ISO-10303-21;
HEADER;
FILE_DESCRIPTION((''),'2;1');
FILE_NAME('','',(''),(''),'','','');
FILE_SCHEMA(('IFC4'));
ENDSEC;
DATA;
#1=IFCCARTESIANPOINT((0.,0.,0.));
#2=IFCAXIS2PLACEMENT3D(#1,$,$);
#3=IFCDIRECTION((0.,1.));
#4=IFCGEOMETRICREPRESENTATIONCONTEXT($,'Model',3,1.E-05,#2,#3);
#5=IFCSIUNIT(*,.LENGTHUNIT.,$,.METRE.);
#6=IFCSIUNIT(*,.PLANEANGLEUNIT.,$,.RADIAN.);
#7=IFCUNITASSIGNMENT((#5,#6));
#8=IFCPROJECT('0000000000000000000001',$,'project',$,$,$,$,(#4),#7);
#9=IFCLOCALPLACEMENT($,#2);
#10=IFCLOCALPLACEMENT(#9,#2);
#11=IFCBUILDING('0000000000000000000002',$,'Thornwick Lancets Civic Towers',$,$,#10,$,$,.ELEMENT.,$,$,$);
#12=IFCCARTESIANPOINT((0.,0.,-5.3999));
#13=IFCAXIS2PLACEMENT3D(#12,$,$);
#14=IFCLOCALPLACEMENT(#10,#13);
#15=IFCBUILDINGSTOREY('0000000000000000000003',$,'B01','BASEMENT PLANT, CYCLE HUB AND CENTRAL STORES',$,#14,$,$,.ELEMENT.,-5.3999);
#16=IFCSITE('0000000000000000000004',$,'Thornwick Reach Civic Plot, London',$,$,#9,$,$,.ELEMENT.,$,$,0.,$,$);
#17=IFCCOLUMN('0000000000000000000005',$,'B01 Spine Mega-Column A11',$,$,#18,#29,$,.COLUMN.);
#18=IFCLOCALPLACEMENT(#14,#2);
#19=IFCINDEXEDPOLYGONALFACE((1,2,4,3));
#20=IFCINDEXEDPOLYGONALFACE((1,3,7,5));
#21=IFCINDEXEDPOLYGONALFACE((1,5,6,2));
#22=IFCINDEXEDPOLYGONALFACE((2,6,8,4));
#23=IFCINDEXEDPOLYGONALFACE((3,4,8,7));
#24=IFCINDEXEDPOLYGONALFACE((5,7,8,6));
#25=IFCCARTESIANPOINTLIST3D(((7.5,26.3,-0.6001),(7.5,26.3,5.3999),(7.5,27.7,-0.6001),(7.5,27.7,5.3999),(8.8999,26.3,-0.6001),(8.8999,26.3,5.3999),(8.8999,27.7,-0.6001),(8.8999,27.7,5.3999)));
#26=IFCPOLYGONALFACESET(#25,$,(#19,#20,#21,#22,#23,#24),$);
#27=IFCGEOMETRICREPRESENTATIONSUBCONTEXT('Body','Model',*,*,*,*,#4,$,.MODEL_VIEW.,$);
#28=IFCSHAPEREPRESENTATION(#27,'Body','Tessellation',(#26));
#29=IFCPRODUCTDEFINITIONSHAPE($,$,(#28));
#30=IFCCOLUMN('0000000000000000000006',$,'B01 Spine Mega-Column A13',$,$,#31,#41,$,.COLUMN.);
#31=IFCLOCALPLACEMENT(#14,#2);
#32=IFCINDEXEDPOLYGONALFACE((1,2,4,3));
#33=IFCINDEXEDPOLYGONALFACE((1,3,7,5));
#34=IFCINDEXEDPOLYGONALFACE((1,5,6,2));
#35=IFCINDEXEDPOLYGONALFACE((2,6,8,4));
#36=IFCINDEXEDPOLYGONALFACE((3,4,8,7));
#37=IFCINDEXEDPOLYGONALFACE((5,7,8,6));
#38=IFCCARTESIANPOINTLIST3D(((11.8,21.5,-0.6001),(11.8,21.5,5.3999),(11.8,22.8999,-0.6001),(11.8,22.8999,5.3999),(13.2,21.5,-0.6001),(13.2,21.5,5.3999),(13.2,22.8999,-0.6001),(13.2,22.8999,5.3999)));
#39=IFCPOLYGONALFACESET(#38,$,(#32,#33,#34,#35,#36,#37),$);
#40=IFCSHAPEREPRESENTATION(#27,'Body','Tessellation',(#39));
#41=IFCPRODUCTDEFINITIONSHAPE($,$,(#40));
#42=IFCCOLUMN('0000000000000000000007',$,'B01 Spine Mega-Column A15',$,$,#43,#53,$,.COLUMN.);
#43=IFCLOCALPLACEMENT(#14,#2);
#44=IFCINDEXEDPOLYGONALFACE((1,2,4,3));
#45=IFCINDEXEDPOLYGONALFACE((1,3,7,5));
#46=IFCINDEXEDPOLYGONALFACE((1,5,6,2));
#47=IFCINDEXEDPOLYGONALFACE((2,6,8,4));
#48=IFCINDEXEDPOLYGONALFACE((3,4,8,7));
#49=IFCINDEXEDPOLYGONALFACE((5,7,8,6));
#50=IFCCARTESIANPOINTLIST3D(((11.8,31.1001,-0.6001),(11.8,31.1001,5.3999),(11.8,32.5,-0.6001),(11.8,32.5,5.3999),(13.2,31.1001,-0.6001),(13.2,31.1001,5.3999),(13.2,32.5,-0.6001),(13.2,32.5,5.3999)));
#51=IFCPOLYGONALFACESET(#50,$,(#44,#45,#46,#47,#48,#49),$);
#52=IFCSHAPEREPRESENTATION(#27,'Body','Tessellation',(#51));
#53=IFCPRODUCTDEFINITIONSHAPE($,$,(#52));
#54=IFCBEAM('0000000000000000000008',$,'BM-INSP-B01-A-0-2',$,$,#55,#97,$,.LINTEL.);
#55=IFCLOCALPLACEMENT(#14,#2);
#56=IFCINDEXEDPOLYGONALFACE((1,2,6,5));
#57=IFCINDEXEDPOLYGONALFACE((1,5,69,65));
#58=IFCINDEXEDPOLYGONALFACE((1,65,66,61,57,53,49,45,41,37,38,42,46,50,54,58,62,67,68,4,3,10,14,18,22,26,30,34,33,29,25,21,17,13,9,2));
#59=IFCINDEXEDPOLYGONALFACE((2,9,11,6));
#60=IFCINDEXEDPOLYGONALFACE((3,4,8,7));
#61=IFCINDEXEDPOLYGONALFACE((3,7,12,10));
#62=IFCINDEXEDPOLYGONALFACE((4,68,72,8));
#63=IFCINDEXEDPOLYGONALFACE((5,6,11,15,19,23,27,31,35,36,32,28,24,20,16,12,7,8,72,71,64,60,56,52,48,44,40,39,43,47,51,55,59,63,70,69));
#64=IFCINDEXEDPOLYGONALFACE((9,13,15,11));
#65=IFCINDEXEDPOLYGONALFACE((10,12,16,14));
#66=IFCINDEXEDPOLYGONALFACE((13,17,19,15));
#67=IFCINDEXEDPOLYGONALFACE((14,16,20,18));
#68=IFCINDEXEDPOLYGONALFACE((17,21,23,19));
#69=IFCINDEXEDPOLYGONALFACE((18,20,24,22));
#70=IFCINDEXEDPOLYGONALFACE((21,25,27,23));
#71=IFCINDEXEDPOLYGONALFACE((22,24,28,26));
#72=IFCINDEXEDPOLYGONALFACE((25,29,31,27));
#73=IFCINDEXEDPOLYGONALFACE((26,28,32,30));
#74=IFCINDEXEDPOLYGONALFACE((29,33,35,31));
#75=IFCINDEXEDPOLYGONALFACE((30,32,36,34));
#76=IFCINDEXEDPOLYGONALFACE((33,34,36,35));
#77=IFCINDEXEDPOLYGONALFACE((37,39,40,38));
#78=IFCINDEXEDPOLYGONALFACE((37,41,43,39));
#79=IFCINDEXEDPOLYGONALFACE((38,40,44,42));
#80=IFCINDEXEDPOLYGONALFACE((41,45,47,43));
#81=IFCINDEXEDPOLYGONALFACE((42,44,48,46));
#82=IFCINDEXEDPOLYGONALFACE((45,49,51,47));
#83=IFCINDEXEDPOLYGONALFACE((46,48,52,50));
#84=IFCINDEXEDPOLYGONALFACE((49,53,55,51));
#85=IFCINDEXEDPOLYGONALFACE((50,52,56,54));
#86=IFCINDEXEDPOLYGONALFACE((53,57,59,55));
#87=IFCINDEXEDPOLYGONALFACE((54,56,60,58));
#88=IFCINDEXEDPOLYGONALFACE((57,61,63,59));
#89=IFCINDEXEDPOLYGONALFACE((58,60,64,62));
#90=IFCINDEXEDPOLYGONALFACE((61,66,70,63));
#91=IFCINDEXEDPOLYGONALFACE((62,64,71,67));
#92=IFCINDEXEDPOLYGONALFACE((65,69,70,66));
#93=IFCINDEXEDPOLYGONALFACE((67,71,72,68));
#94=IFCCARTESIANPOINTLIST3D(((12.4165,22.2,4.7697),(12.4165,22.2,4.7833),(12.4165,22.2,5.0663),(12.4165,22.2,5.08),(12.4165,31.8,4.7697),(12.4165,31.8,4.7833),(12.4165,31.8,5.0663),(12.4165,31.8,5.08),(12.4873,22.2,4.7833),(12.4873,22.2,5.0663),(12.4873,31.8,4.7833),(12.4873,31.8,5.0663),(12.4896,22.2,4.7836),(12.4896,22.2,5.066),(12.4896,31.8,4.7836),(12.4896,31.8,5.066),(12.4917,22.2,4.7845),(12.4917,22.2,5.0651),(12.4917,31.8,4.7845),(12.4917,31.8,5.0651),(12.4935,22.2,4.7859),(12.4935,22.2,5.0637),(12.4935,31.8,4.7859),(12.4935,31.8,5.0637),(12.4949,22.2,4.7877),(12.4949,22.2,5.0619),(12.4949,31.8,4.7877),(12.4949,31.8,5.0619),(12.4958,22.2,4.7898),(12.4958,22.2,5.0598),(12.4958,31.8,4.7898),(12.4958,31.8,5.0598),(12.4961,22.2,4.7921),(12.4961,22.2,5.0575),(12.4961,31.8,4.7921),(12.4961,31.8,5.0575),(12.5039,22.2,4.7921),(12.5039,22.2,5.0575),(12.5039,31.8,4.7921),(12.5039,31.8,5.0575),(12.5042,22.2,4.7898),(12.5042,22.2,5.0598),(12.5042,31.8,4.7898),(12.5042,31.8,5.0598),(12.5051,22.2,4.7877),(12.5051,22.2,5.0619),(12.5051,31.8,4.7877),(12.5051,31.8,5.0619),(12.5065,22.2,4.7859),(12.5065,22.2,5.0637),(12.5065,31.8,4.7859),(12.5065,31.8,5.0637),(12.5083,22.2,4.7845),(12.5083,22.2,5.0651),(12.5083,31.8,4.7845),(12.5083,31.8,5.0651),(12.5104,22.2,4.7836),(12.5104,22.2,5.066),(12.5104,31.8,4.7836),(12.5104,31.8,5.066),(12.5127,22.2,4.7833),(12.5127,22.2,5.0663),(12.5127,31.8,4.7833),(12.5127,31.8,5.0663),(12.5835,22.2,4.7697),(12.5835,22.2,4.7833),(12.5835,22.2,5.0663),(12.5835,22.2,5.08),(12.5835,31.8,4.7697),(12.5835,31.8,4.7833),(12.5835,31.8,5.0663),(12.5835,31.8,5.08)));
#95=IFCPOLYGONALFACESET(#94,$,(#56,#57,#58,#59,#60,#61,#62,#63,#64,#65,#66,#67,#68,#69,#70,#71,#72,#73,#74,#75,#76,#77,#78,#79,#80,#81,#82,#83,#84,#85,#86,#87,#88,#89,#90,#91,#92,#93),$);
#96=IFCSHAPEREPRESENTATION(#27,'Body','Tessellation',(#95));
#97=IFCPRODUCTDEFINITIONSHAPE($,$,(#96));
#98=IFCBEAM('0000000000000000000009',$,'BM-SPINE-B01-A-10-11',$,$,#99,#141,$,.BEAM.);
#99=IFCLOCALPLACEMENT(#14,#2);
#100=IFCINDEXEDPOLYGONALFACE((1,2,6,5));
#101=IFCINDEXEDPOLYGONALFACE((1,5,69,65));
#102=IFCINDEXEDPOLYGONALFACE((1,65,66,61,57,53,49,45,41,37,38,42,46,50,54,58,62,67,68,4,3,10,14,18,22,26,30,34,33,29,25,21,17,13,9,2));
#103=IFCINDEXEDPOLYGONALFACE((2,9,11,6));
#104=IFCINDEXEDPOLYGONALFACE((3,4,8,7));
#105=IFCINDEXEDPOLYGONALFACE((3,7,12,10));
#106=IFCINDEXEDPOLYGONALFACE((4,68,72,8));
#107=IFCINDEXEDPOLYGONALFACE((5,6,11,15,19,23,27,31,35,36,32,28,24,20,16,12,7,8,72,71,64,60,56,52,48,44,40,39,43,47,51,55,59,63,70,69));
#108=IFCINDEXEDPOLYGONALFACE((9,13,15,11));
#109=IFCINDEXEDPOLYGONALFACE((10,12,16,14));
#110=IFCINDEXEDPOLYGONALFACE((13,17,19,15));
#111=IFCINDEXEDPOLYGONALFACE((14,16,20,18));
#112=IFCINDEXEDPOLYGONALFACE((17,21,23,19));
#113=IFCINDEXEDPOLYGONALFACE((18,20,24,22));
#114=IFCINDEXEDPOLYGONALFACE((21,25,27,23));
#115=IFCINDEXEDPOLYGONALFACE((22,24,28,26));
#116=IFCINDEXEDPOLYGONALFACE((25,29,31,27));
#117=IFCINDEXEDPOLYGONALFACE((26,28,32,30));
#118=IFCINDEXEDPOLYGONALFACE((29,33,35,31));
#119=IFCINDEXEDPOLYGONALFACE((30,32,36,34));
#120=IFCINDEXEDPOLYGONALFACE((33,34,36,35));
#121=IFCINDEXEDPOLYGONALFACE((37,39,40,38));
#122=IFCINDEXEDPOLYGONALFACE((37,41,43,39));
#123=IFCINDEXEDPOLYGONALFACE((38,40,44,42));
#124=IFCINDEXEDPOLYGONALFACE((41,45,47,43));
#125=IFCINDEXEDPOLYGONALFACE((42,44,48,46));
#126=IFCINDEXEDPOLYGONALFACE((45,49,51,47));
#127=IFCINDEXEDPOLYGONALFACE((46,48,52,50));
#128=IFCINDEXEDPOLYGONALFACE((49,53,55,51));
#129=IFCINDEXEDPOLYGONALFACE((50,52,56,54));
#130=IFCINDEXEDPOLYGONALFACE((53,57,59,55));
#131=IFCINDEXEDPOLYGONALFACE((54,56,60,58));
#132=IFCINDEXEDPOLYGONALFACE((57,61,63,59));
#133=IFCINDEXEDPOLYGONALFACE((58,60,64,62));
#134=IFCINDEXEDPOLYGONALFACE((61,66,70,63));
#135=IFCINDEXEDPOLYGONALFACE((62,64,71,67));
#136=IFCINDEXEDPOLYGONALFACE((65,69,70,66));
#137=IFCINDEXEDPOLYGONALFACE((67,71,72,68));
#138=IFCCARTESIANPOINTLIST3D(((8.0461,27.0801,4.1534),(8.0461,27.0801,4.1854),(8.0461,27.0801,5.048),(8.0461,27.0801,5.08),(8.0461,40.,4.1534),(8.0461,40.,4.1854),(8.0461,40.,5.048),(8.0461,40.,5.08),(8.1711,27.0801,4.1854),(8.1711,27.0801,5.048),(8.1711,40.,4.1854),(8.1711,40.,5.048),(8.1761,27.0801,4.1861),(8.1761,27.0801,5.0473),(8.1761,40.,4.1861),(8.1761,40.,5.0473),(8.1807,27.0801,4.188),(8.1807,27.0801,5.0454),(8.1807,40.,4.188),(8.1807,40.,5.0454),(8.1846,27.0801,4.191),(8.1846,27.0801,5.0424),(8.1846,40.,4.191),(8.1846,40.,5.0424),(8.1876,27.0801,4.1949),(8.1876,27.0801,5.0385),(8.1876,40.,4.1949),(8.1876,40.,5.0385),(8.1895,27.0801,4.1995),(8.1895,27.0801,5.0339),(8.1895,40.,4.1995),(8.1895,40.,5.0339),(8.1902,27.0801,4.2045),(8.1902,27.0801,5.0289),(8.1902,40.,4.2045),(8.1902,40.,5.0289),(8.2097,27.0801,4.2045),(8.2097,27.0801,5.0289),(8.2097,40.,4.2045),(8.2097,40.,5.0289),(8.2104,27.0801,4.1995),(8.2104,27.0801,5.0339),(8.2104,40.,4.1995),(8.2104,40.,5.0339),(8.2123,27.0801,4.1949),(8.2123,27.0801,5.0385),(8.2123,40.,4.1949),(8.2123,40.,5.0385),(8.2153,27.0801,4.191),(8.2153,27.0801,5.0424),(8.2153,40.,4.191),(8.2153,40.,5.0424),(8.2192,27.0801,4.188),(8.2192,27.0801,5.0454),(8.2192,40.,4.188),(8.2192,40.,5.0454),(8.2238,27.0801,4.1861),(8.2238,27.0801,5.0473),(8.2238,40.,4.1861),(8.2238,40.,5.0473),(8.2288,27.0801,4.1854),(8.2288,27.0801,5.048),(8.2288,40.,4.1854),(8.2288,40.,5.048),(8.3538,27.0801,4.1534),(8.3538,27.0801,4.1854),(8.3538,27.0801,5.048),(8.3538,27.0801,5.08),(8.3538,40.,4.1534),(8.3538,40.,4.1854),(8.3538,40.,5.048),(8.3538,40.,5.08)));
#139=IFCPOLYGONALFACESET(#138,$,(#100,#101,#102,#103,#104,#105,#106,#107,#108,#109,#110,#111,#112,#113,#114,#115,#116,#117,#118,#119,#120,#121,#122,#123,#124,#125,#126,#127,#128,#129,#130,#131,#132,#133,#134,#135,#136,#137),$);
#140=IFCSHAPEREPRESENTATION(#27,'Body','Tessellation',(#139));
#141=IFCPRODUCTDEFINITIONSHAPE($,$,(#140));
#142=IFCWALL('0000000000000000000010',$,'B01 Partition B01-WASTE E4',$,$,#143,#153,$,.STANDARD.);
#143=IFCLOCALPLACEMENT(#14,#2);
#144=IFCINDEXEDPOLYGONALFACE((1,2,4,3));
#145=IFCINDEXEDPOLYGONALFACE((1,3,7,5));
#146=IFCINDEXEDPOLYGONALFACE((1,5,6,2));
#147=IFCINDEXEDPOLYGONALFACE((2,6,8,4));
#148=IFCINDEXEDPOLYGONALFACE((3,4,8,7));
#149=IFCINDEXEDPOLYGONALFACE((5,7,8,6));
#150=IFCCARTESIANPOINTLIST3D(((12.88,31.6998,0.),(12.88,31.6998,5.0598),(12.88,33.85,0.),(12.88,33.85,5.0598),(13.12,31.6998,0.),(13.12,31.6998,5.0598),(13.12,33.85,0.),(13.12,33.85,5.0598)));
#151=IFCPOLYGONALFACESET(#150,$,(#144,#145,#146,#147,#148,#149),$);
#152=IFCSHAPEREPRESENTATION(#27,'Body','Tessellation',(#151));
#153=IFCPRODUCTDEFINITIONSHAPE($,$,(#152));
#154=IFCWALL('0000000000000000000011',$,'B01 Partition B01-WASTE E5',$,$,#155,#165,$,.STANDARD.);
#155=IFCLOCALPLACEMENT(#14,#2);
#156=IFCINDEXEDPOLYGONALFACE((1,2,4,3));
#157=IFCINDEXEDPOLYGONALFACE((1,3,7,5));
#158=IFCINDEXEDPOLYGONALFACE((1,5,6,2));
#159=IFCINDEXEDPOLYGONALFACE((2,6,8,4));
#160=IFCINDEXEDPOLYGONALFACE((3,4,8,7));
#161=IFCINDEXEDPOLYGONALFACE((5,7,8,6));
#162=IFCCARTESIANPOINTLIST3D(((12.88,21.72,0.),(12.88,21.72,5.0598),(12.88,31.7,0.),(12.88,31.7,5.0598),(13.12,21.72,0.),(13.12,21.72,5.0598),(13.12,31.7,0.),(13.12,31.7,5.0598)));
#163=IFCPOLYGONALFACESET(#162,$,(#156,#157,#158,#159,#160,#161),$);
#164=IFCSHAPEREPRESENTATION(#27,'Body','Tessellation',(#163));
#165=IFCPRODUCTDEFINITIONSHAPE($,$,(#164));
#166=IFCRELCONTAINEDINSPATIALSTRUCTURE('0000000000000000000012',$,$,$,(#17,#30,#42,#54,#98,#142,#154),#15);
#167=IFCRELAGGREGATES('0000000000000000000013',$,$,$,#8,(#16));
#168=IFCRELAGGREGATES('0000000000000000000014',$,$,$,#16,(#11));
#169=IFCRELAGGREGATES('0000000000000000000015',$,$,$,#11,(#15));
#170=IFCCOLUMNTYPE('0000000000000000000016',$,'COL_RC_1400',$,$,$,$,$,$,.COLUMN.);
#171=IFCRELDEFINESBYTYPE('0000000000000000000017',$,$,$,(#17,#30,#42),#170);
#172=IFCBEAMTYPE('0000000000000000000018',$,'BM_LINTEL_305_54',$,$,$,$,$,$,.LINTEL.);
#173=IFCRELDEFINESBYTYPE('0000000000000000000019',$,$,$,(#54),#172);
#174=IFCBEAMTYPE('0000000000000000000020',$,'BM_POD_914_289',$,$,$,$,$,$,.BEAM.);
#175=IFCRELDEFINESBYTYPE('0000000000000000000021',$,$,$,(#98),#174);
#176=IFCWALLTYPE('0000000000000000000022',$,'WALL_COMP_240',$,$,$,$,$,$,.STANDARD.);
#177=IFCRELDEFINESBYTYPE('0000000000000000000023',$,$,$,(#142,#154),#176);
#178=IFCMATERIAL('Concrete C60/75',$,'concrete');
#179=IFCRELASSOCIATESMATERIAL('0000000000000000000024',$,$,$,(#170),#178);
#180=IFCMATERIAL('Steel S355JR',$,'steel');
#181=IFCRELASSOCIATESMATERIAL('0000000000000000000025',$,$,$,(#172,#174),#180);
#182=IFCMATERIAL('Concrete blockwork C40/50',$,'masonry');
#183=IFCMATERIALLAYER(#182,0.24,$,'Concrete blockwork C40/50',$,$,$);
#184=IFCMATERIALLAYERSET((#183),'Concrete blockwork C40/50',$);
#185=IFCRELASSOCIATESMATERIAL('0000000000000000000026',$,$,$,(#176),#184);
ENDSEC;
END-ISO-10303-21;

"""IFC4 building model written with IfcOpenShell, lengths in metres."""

from ifc_helpers import new_model, si_unit, direction, frame, frame_2d, origin, origin_2d, place, context, subcontext, project, spatial, rectangle, i_section, extrude, material, layer, layer_set, material_profile, profile_set, type_object, element, save


model = new_model("IFC4")

# Units and contexts
model_context = context("Model", 3, precision=1e-05, world=origin(), true_north=direction((0.0, 1.0)))
body_context = subcontext(model_context, "Body", "Model", "MODEL_VIEW")
ifc_project = project(units=[si_unit("LENGTHUNIT", "METRE"), si_unit("PLANEANGLEUNIT", "RADIAN")], contexts=[model_context])

# Site, building, storey
site_placement = place(None, origin())
site = spatial("IfcSite", under=ifc_project, at=site_placement, Name="Thornwick Reach Civic Plot, London", CompositionType="ELEMENT", RefElevation=0.0)
building_placement = place(site_placement, origin())
building = spatial("IfcBuilding", under=site, at=building_placement, Name="Thornwick Lancets Civic Towers", CompositionType="ELEMENT")
storey_placement = place(building_placement, frame((0.0, 0.0, -5.3999)))
storey = spatial("IfcBuildingStorey", under=building, at=storey_placement, Name="B01", Description="BASEMENT PLANT, CYCLE HUB AND CENTRAL STORES", CompositionType="ELEMENT", Elevation=-5.3999)

# Columns
ifc_material_1 = material(Name="Concrete C60/75", Category="concrete")
ifc_material_profile_1 = material_profile(ifc_material_1, rectangle(XDim=1.3999, YDim=1.3999, at=origin_2d()), Name="RC 1400x1400")
ifc_profile_set_1 = profile_set([ifc_material_profile_1], Name="Concrete C60/75")
column_type = type_object("IfcColumnType", Name="COL_RC_1400", PredefinedType="COLUMN", material=ifc_profile_set_1)
for number, where, z_axis, x_axis, name in (
    (1, (8.2, 27.0, -0.6001), (0.0, 0.0, 1.0), (1.0, 0.0, 0.0), "B01 Spine Mega-Column A11"),
    (2, (12.5, 22.2, -0.6001), (0.0, 0.0, 1.0), (1.0, 0.0, 0.0), "B01 Spine Mega-Column A13"),
    (3, (12.5, 31.8, -0.6001), (0.0, 0.0, 1.0), (1.0, 0.0, 0.0), "B01 Spine Mega-Column A15"),
):
    element("IfcColumn", number, at=place(storey_placement, frame(where, z_axis=z_axis, x_axis=x_axis)), inside=storey, type_object=column_type, Name=name, PredefinedType="COLUMN", context=body_context, shape_type="SweptSolid", body=[
        extrude(rectangle(XDim=1.3999, YDim=1.3999, at=origin_2d()), origin(), (0.0, 0.0, 1.0), 6.0),
    ])

# Beams
ifc_material_2 = material(Name="Steel S355JR", Category="steel")
ifc_material_profile_2 = material_profile(ifc_material_2, i_section(OverallWidth=0.167, OverallDepth=0.3103, WebThickness=0.0078, FlangeThickness=0.0137, FilletRadius=0.0088, at=origin_2d()), Name="UKB 305x165x54")
ifc_profile_set_2 = profile_set([ifc_material_profile_2], Name="Steel S355JR")
beam_type_1 = type_object("IfcBeamType", Name="BM_LINTEL_305_54", PredefinedType="LINTEL", material=ifc_profile_set_2)
beam_1_placement = place(storey_placement, frame((12.5, 22.2, 4.9248), z_axis=(0.0, 1.0, 0.0), x_axis=(-1.0, 0.0, 0.0)))
element("IfcBeam", 4, at=beam_1_placement, inside=storey, type_object=beam_type_1, Name="BM-INSP-B01-A-0-2", PredefinedType="LINTEL", context=body_context, shape_type="SweptSolid", body=[
    extrude(i_section(OverallWidth=0.167, OverallDepth=0.3103, WebThickness=0.0078, FlangeThickness=0.0137, FilletRadius=0.0088, at=origin_2d()), origin(), (0.0, 0.0, 1.0), 9.6001),
])
ifc_material_profile_3 = material_profile(ifc_material_2, i_section(OverallWidth=0.3076, OverallDepth=0.9265, WebThickness=0.0195, FlangeThickness=0.032, FilletRadius=0.019, at=origin_2d()), Name="UKB 914x305x289")
ifc_profile_set_3 = profile_set([ifc_material_profile_3], Name="Steel S355JR")
beam_type_2 = type_object("IfcBeamType", Name="BM_POD_914_289", PredefinedType="BEAM", material=ifc_profile_set_3)
beam_2_placement = place(storey_placement, frame((8.2, 27.0801, 4.6167), z_axis=(0.0, 1.0, 0.0), x_axis=(-1.0, 0.0, 0.0)))
element("IfcBeam", 5, at=beam_2_placement, inside=storey, type_object=beam_type_2, Name="BM-SPINE-B01-A-10-11", PredefinedType="BEAM", context=body_context, shape_type="SweptSolid", body=[
    extrude(i_section(OverallWidth=0.3076, OverallDepth=0.9265, WebThickness=0.0195, FlangeThickness=0.032, FilletRadius=0.019, at=origin_2d()), origin(), (0.0, 0.0, 1.0), 12.9199),
])

# Walls
ifc_material_3 = material(Name="Concrete blockwork C40/50", Category="masonry")
ifc_layer = layer(ifc_material_3, 0.24, Name="Concrete blockwork C40/50")
ifc_layer_set = layer_set([ifc_layer], Name="Concrete blockwork C40/50")
wall_type = type_object("IfcWallType", Name="WALL_COMP_240", PredefinedType="STANDARD", material=ifc_layer_set)
wall_1_placement = place(storey_placement, frame((13.0, 33.8501, 0.0), z_axis=(0.0, 0.0, 1.0), x_axis=(0.0, -1.0, 0.0)))
element("IfcWall", 6, at=wall_1_placement, inside=storey, type_object=wall_type, Name="B01 Partition B01-WASTE E4", PredefinedType="STANDARD", context=body_context, shape_type="SweptSolid", body=[
    extrude(rectangle(XDim=2.1501, YDim=0.24, at=frame_2d((1.0752, 0.0))), origin(), (0.0, 0.0, 1.0), 5.0598),
])
wall_2_placement = place(storey_placement, frame((13.0, 31.7, 0.0), z_axis=(0.0, 0.0, 1.0), x_axis=(0.0, -1.0, 0.0)))
element("IfcWall", 7, at=wall_2_placement, inside=storey, type_object=wall_type, Name="B01 Partition B01-WASTE E5", PredefinedType="STANDARD", context=body_context, shape_type="SweptSolid", body=[
    extrude(rectangle(XDim=9.98, YDim=0.24, at=frame_2d((4.99, 0.0))), origin(), (0.0, 0.0, 1.0), 5.0598),
])

save(model, "model.ifc")
